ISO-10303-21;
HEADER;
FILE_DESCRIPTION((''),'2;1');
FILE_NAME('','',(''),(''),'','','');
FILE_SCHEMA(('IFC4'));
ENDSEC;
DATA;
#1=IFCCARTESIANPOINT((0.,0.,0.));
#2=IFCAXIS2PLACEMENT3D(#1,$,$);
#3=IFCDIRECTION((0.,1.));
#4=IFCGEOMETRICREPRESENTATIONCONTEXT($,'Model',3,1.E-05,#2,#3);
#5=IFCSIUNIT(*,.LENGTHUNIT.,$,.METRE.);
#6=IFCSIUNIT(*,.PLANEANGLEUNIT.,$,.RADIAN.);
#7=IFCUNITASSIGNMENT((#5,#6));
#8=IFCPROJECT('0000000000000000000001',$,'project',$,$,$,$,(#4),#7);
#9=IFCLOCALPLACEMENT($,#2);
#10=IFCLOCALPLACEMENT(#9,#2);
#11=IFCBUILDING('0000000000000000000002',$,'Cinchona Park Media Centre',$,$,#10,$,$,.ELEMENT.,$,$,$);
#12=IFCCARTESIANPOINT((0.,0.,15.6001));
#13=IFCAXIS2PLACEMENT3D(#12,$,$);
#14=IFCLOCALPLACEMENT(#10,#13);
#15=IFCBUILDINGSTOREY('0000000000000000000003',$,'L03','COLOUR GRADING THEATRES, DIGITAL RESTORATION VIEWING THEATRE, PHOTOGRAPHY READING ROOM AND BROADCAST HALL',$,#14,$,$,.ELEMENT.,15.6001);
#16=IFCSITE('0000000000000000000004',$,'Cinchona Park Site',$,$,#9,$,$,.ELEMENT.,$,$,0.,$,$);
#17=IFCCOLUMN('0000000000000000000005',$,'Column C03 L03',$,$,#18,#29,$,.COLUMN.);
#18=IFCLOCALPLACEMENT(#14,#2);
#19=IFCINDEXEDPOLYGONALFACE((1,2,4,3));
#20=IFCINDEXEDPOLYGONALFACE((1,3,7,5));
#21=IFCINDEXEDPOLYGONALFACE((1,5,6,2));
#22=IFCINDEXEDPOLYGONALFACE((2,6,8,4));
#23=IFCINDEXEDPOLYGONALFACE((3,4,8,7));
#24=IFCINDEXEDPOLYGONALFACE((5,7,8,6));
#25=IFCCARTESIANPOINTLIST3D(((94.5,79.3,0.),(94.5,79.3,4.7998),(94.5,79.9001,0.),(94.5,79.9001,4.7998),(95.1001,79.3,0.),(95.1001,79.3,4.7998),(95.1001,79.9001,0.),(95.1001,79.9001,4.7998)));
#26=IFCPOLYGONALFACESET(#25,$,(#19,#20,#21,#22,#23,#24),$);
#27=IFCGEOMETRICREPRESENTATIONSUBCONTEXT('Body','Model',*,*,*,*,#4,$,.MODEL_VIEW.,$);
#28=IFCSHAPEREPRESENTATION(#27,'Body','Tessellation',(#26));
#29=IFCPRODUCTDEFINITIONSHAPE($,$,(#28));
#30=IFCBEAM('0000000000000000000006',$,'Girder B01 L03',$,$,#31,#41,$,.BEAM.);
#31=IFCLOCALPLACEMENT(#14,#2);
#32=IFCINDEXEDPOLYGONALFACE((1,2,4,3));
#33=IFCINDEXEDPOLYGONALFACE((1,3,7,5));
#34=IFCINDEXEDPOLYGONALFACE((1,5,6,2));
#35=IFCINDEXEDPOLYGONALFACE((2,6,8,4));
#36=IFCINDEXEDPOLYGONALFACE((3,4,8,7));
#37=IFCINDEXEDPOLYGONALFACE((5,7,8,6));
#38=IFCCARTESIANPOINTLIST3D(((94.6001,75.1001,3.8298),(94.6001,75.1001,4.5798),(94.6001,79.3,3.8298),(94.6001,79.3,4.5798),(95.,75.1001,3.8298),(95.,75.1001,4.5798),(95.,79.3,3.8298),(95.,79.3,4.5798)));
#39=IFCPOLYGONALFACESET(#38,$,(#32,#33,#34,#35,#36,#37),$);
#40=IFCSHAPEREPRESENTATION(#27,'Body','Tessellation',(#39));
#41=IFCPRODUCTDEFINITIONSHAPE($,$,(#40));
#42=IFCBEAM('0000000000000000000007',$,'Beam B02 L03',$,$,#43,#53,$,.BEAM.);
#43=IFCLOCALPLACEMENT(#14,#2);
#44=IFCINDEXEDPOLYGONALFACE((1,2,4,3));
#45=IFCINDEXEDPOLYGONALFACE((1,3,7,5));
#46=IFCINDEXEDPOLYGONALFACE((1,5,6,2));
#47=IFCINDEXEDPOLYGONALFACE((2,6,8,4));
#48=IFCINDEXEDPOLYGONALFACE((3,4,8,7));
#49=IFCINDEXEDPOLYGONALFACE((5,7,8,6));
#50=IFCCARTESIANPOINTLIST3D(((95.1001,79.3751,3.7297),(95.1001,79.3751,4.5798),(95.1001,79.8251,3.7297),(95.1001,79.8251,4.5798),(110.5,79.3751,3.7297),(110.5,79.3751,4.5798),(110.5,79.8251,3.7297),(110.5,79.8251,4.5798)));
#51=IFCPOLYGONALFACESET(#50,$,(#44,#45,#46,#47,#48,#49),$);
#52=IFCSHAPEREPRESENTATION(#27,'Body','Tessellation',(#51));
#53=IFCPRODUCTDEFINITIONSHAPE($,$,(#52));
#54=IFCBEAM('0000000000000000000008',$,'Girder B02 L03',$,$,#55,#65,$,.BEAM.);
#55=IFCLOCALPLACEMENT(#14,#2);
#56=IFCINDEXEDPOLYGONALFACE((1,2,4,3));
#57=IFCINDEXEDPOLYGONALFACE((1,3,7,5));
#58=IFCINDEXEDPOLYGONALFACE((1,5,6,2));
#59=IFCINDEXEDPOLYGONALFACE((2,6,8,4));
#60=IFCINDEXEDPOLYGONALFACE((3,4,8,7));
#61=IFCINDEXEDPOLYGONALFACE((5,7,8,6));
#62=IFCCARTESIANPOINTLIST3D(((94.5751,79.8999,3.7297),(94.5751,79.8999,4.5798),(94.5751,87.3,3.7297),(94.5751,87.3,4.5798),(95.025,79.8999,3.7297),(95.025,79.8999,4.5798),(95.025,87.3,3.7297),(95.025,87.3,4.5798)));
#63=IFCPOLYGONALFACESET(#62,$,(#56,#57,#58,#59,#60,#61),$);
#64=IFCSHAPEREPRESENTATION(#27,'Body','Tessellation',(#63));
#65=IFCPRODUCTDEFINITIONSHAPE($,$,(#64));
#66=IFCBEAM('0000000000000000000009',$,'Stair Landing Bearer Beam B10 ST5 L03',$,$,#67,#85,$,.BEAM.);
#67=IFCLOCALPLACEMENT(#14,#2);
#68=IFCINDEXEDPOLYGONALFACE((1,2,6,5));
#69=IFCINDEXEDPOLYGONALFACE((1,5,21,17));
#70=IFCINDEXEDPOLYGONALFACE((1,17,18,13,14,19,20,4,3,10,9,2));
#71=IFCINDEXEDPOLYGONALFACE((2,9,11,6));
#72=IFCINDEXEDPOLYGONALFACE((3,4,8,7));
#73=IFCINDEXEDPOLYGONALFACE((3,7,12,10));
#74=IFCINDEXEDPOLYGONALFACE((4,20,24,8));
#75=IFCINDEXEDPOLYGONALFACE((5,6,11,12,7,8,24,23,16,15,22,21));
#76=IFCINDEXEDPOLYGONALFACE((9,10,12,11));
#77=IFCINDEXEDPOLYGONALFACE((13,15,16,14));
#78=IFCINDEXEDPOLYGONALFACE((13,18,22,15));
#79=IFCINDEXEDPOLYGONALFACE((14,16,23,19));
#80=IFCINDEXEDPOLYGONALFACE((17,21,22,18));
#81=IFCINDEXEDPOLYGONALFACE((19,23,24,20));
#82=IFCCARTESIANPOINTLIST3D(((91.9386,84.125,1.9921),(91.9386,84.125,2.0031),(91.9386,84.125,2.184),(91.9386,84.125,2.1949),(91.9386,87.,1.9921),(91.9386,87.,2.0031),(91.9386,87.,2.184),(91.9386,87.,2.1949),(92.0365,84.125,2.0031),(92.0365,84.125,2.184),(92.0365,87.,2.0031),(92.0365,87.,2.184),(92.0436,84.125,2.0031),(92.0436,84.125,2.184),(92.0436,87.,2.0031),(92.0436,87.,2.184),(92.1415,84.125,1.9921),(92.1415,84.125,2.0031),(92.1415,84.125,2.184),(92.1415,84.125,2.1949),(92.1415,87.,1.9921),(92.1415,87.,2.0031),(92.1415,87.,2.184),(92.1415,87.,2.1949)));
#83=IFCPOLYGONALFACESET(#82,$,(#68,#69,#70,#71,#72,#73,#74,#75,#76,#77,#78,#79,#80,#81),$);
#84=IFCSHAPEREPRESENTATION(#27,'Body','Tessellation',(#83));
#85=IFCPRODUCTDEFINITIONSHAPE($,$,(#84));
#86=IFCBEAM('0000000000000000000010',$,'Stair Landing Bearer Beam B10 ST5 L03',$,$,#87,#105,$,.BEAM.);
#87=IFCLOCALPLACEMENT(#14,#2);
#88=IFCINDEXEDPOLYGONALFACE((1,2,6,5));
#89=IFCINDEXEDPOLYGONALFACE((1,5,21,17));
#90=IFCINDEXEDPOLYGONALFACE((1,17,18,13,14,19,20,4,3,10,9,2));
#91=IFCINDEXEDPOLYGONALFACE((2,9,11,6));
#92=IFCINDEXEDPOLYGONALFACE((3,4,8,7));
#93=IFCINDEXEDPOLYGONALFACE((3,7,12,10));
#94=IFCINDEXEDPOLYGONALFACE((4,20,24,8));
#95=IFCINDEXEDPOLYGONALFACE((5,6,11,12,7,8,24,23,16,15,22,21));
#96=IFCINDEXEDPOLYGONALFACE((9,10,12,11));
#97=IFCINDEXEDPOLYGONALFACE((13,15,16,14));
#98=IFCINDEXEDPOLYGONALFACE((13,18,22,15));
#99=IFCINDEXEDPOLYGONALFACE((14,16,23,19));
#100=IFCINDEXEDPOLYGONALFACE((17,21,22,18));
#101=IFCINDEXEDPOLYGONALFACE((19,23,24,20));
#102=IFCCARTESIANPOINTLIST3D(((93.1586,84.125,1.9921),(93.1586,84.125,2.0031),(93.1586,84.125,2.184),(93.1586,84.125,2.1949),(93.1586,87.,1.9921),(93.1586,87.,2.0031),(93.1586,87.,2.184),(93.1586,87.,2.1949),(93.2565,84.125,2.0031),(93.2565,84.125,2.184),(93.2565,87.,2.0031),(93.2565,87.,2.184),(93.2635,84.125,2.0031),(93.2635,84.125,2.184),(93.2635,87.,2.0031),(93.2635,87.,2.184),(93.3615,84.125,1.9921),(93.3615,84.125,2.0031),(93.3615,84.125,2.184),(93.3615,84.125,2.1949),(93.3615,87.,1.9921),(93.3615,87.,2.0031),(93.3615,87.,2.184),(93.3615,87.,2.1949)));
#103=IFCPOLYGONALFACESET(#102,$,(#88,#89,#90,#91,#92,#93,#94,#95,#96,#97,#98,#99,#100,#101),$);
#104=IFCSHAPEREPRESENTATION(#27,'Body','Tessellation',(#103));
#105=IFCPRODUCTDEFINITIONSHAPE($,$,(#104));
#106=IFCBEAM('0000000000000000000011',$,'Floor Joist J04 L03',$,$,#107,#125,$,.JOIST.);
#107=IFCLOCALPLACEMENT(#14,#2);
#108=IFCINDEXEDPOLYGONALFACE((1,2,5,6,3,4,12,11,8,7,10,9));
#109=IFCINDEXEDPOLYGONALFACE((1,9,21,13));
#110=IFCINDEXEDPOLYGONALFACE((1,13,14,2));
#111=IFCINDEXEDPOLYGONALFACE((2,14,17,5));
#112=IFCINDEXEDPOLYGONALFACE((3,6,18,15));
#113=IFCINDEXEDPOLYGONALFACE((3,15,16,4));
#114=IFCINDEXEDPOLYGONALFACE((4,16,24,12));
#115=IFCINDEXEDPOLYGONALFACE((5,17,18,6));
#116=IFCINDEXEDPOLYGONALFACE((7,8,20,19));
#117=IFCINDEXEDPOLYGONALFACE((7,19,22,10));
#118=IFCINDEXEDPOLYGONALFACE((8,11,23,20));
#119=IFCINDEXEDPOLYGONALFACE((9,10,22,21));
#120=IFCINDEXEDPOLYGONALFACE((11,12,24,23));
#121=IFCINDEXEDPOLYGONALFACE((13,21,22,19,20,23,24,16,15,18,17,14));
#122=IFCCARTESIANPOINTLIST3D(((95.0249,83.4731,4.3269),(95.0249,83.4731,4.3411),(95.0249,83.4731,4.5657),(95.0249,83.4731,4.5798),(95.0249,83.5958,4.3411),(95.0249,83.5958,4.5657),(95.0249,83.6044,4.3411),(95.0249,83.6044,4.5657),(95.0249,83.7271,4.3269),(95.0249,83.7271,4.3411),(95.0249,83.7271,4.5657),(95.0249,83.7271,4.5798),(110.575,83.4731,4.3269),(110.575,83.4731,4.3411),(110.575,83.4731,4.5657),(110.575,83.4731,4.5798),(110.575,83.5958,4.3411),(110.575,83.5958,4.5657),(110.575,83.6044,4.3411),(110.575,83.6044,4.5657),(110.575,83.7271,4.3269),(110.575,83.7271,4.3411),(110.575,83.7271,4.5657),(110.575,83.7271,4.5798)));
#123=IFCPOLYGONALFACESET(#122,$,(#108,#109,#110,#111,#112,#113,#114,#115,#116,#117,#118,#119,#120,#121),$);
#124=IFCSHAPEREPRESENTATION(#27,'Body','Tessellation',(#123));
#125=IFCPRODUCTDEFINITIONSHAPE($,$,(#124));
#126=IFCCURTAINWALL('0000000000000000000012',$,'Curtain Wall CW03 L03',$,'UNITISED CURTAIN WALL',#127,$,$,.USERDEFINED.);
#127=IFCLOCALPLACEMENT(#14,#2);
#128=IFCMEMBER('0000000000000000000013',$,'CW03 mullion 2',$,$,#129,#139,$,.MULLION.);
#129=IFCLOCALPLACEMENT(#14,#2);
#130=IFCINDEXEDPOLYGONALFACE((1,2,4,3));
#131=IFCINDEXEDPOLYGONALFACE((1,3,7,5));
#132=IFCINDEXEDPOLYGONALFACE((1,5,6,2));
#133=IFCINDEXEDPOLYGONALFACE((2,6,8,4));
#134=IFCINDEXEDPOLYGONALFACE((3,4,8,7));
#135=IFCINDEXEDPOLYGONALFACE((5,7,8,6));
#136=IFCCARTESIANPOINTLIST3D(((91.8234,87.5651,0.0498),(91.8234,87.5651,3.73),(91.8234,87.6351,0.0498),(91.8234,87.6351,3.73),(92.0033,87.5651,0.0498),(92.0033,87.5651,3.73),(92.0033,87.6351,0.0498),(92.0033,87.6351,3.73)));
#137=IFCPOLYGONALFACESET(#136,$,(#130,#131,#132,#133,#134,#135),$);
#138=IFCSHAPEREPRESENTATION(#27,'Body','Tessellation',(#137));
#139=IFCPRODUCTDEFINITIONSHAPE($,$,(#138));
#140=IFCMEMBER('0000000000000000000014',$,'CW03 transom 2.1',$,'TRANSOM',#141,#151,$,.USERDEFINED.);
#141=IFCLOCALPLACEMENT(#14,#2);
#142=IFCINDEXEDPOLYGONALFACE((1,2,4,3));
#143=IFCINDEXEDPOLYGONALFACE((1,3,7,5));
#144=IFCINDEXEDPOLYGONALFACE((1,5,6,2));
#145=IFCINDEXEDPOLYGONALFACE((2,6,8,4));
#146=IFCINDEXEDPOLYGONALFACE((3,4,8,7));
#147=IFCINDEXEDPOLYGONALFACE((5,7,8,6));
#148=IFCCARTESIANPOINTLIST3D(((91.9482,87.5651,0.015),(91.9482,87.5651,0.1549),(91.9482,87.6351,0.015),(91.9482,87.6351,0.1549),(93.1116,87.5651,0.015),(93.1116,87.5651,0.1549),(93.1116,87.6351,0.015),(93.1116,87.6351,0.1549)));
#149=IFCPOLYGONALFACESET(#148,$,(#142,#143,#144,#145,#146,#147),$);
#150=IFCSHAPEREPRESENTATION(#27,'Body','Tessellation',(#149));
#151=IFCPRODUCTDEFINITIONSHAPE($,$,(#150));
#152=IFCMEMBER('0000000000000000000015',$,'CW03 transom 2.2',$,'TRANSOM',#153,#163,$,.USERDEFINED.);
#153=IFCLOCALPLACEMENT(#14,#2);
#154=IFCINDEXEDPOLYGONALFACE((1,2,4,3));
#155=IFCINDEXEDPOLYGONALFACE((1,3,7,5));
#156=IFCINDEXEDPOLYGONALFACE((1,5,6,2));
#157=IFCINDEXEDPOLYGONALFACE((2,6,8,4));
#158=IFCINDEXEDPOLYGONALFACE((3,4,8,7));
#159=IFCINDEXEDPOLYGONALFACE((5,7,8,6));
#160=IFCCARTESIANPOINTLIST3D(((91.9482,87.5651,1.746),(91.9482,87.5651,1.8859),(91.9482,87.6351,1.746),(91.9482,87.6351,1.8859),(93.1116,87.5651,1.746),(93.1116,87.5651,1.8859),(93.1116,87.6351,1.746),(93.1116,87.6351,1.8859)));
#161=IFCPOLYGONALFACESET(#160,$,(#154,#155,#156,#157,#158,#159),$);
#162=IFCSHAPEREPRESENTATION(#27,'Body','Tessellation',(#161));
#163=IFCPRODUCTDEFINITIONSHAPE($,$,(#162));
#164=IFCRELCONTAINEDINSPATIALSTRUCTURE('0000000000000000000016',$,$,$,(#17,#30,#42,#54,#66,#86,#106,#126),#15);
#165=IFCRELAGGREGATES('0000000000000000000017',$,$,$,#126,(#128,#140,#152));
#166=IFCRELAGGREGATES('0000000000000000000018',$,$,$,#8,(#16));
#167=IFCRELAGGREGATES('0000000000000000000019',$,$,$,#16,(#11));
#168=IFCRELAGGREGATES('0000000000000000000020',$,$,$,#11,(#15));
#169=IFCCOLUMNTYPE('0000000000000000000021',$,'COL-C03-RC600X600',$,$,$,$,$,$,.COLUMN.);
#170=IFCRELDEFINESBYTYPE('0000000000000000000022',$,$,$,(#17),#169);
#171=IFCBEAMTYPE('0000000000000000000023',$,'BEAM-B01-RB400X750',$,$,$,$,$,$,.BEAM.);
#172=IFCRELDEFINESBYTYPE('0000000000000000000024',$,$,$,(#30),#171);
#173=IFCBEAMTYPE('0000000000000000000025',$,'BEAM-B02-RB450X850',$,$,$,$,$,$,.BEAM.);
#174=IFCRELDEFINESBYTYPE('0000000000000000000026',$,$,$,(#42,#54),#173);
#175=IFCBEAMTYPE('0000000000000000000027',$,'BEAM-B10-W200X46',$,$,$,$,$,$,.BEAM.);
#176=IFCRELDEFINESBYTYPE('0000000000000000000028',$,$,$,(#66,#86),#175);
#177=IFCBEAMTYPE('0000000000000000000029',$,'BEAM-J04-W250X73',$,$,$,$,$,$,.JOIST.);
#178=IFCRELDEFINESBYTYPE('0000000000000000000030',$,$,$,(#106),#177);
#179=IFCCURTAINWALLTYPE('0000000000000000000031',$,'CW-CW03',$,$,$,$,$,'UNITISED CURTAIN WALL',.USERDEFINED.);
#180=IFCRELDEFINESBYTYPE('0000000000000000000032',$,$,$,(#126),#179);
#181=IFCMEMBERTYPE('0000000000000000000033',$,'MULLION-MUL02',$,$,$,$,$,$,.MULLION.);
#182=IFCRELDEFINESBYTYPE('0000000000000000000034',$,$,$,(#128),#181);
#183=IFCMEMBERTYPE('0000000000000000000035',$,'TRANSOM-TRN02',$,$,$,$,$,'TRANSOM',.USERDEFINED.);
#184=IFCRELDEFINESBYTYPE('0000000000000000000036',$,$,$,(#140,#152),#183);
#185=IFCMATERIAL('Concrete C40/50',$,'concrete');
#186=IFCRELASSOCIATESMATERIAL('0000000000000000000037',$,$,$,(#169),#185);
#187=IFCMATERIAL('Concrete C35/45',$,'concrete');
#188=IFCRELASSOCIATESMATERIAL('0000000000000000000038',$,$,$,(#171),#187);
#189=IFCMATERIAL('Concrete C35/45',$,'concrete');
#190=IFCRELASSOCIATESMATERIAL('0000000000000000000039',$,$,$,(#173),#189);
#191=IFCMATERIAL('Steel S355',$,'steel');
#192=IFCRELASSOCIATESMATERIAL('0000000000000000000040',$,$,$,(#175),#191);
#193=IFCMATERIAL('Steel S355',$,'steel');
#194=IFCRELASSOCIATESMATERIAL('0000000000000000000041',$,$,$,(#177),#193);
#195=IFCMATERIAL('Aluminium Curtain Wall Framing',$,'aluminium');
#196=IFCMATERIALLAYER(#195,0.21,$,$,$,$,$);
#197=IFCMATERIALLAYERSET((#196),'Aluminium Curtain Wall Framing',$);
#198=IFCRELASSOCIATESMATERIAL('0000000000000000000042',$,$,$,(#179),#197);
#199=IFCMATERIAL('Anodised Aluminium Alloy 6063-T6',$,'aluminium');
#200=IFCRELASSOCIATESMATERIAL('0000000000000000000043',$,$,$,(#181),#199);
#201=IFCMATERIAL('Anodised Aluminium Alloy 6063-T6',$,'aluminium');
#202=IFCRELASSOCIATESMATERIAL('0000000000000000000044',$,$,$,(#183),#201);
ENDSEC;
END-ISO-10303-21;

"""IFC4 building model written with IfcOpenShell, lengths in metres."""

from ifc_helpers import new_model, si_unit, direction, frame, origin, origin_2d, place, context, subcontext, project, spatial, rectangle, i_section, extrude, material, layer, layer_set, material_profile, profile_set, type_object, element, aggregate, save


model = new_model("IFC4")

# Units and contexts
model_context = context("Model", 3, precision=1e-05, world=origin(), true_north=direction((0.0, 1.0)))
body_context = subcontext(model_context, "Body", "Model", "MODEL_VIEW")
ifc_project = project(units=[si_unit("LENGTHUNIT", "METRE"), si_unit("PLANEANGLEUNIT", "RADIAN")], contexts=[model_context])

# Site, building, storey
site_placement = place(None, origin())
site = spatial("IfcSite", under=ifc_project, at=site_placement, Name="Cinchona Park Site", CompositionType="ELEMENT", RefElevation=0.0)
building_placement = place(site_placement, origin())
building = spatial("IfcBuilding", under=site, at=building_placement, Name="Cinchona Park Media Centre", CompositionType="ELEMENT")
storey_placement = place(building_placement, frame((0.0, 0.0, 15.6001)))
storey = spatial("IfcBuildingStorey", under=building, at=storey_placement, Name="L03", Description="COLOUR GRADING THEATRES, DIGITAL RESTORATION VIEWING THEATRE, PHOTOGRAPHY READING ROOM AND BROADCAST HALL", CompositionType="ELEMENT", Elevation=15.6001)

# Column
ifc_material_1 = material(Name="Concrete C40/50", Category="concrete")
ifc_material_profile_1 = material_profile(ifc_material_1, rectangle(XDim=0.6001, YDim=0.6001, at=origin_2d()), Name="RC 600X600")
ifc_profile_set_1 = profile_set([ifc_material_profile_1], Name="Concrete C40/50")
column_type = type_object("IfcColumnType", Name="COL-C03-RC600X600", PredefinedType="COLUMN", material=ifc_profile_set_1)
column_placement = place(storey_placement, frame((94.8, 79.6001, 0.0), z_axis=(0.0, 0.0, 1.0), x_axis=(1.0, 0.0, 0.0)))
element("IfcColumn", 1, at=column_placement, inside=storey, type_object=column_type, Name="Column C03 L03", PredefinedType="COLUMN", context=body_context, shape_type="SweptSolid", body=[
    extrude(rectangle(XDim=0.6001, YDim=0.6001, at=origin_2d()), origin(), (0.0, 0.0, 1.0), 4.7998),
])

# Beams
ifc_material_2 = material(Name="Concrete C35/45", Category="concrete")
ifc_material_profile_2 = material_profile(ifc_material_2, rectangle(XDim=0.3999, YDim=0.75, at=origin_2d()), Name="RB 400X750")
ifc_profile_set_2 = profile_set([ifc_material_profile_2], Name="Concrete C35/45")
beam_type_1 = type_object("IfcBeamType", Name="BEAM-B01-RB400X750", PredefinedType="BEAM", material=ifc_profile_set_2)
beam_1_placement = place(storey_placement, frame((94.8, 75.1001, 4.2048), z_axis=(0.0, 1.0, 0.0), x_axis=(-1.0, 0.0, 0.0)))
element("IfcBeam", 2, at=beam_1_placement, inside=storey, type_object=beam_type_1, Name="Girder B01 L03", PredefinedType="BEAM", context=body_context, shape_type="SweptSolid", body=[
    extrude(rectangle(XDim=0.3999, YDim=0.75, at=origin_2d()), origin(), (0.0, 0.0, 1.0), 4.2),
])
ifc_material_3 = material(Name="Concrete C35/45", Category="concrete")
ifc_material_profile_3 = material_profile(ifc_material_3, rectangle(XDim=0.45, YDim=0.8501, at=origin_2d()), Name="RB 450X850")
ifc_profile_set_3 = profile_set([ifc_material_profile_3], Name="Concrete C35/45")
beam_type_2 = type_object("IfcBeamType", Name="BEAM-B02-RB450X850", PredefinedType="BEAM", material=ifc_profile_set_3)
beam_2_placement = place(storey_placement, frame((95.1001, 79.6001, 4.1548), z_axis=(1.0, 0.0, 0.0), x_axis=(0.0, 1.0, 0.0)))
element("IfcBeam", 3, at=beam_2_placement, inside=storey, type_object=beam_type_2, Name="Beam B02 L03", PredefinedType="BEAM", context=body_context, shape_type="SweptSolid", body=[
    extrude(rectangle(XDim=0.45, YDim=0.8501, at=origin_2d()), origin(), (0.0, 0.0, 1.0), 15.3999),
])
beam_3_placement = place(storey_placement, frame((94.8, 79.8999, 4.1548), z_axis=(0.0, 1.0, 0.0), x_axis=(-1.0, 0.0, 0.0)))
element("IfcBeam", 4, at=beam_3_placement, inside=storey, type_object=beam_type_2, Name="Girder B02 L03", PredefinedType="BEAM", context=body_context, shape_type="SweptSolid", body=[
    extrude(rectangle(XDim=0.45, YDim=0.8501, at=origin_2d()), origin(), (0.0, 0.0, 1.0), 7.4001),
])
ifc_material_4 = material(Name="Steel S355", Category="steel")
ifc_material_profile_4 = material_profile(ifc_material_4, i_section(OverallWidth=0.2029, OverallDepth=0.2029, WebThickness=0.0071, FlangeThickness=0.011, at=origin_2d()), Name="W200X46")
ifc_profile_set_4 = profile_set([ifc_material_profile_4], Name="Steel S355")
beam_type_3 = type_object("IfcBeamType", Name="BEAM-B10-W200X46", PredefinedType="BEAM", material=ifc_profile_set_4)
for number, where, z_axis, x_axis, name in (
    (5, (92.04, 84.125, 2.0935), (0.0, 1.0, 0.0), (-1.0, 0.0, 0.0), "Stair Landing Bearer Beam B10 ST5 L03"),
    (6, (93.26, 84.125, 2.0935), (0.0, 1.0, 0.0), (-1.0, 0.0, 0.0), "Stair Landing Bearer Beam B10 ST5 L03"),
):
    element("IfcBeam", number, at=place(storey_placement, frame(where, z_axis=z_axis, x_axis=x_axis)), inside=storey, type_object=beam_type_3, Name=name, PredefinedType="BEAM", context=body_context, shape_type="SweptSolid", body=[
        extrude(i_section(OverallWidth=0.2029, OverallDepth=0.2029, WebThickness=0.0071, FlangeThickness=0.011, at=origin_2d()), origin(), (0.0, 0.0, 1.0), 2.875),
    ])
ifc_material_5 = material(Name="Steel S355", Category="steel")
ifc_material_profile_5 = material_profile(ifc_material_5, i_section(OverallWidth=0.2539, OverallDepth=0.2529, WebThickness=0.0085, FlangeThickness=0.0142, at=origin_2d()), Name="W250X73")
ifc_profile_set_5 = profile_set([ifc_material_profile_5], Name="Steel S355")
beam_type_4 = type_object("IfcBeamType", Name="BEAM-J04-W250X73", PredefinedType="JOIST", material=ifc_profile_set_5)
beam_4_placement = place(storey_placement, frame((95.0249, 83.6001, 4.4534), z_axis=(1.0, 0.0, 0.0), x_axis=(0.0, 1.0, 0.0)))
element("IfcBeam", 7, at=beam_4_placement, inside=storey, type_object=beam_type_4, Name="Floor Joist J04 L03", PredefinedType="JOIST", context=body_context, shape_type="SweptSolid", body=[
    extrude(i_section(OverallWidth=0.2539, OverallDepth=0.2529, WebThickness=0.0085, FlangeThickness=0.0142, at=origin_2d()), origin(), (0.0, 0.0, 1.0), 15.55),
])

# Curtain wall, members
ifc_material_6 = material(Name="Aluminium Curtain Wall Framing", Category="aluminium")
ifc_layer_1 = layer(ifc_material_6, 0.21)
ifc_layer_set_1 = layer_set([ifc_layer_1], Name="Aluminium Curtain Wall Framing")
curtain_wall_type = type_object("IfcCurtainWallType", Name="CW-CW03", ElementType="UNITISED CURTAIN WALL", PredefinedType="USERDEFINED", material=ifc_layer_set_1)
curtain_wall_placement = place(storey_placement, origin())
curtain_wall = element("IfcCurtainWall", 8, at=curtain_wall_placement, inside=storey, type_object=curtain_wall_type, Name="Curtain Wall CW03 L03", ObjectType="UNITISED CURTAIN WALL", PredefinedType="USERDEFINED")
ifc_material_7 = material(Name="Anodised Aluminium Alloy 6063-T6", Category="aluminium")
ifc_material_profile_6 = material_profile(ifc_material_7, rectangle(XDim=0.0701, YDim=0.1799, at=origin_2d()), Name="MUL-70X180")
ifc_profile_set_6 = profile_set([ifc_material_profile_6], Name="Anodised Aluminium Alloy 6063-T6")
member_type_1 = type_object("IfcMemberType", Name="MULLION-MUL02", PredefinedType="MULLION", material=ifc_profile_set_6)
member_1_placement = place(storey_placement, frame((91.9133, 87.6001, 0.0498), z_axis=(0.0, 0.0, 1.0), x_axis=(0.0, 1.0, 0.0)))
member_1 = element("IfcMember", 9, at=member_1_placement, type_object=member_type_1, Name="CW03 mullion 2", PredefinedType="MULLION", context=body_context, shape_type="SweptSolid", body=[
    extrude(rectangle(XDim=0.0701, YDim=0.1799, at=origin_2d()), origin(), (0.0, 0.0, 1.0), 3.6802),
])
ifc_material_8 = material(Name="Anodised Aluminium Alloy 6063-T6", Category="aluminium")
ifc_material_profile_7 = material_profile(ifc_material_8, rectangle(XDim=0.0701, YDim=0.1399, at=origin_2d()), Name="TRN-70X140")
ifc_profile_set_7 = profile_set([ifc_material_profile_7], Name="Anodised Aluminium Alloy 6063-T6")
member_type_2 = type_object("IfcMemberType", Name="TRANSOM-TRN02", ElementType="TRANSOM", PredefinedType="USERDEFINED", material=ifc_profile_set_7)
member_2_placement = place(storey_placement, frame((91.9482, 87.6001, 0.085), z_axis=(1.0, 0.0, 0.0), x_axis=(0.0, 1.0, 0.0)))
member_2 = element("IfcMember", 10, at=member_2_placement, type_object=member_type_2, Name="CW03 transom 2.1", ObjectType="TRANSOM", PredefinedType="USERDEFINED", context=body_context, shape_type="SweptSolid", body=[
    extrude(rectangle(XDim=0.0701, YDim=0.1399, at=origin_2d()), origin(), (0.0, 0.0, 1.0), 1.1633),
])
member_3_placement = place(storey_placement, frame((91.9482, 87.6001, 1.8159), z_axis=(1.0, 0.0, 0.0), x_axis=(0.0, 1.0, 0.0)))
member_3 = element("IfcMember", 11, at=member_3_placement, type_object=member_type_2, Name="CW03 transom 2.2", ObjectType="TRANSOM", PredefinedType="USERDEFINED", context=body_context, shape_type="SweptSolid", body=[
    extrude(rectangle(XDim=0.0701, YDim=0.1399, at=origin_2d()), origin(), (0.0, 0.0, 1.0), 1.1633),
])
aggregate(curtain_wall, [member_1, member_2, member_3])

save(model, "model.ifc")
